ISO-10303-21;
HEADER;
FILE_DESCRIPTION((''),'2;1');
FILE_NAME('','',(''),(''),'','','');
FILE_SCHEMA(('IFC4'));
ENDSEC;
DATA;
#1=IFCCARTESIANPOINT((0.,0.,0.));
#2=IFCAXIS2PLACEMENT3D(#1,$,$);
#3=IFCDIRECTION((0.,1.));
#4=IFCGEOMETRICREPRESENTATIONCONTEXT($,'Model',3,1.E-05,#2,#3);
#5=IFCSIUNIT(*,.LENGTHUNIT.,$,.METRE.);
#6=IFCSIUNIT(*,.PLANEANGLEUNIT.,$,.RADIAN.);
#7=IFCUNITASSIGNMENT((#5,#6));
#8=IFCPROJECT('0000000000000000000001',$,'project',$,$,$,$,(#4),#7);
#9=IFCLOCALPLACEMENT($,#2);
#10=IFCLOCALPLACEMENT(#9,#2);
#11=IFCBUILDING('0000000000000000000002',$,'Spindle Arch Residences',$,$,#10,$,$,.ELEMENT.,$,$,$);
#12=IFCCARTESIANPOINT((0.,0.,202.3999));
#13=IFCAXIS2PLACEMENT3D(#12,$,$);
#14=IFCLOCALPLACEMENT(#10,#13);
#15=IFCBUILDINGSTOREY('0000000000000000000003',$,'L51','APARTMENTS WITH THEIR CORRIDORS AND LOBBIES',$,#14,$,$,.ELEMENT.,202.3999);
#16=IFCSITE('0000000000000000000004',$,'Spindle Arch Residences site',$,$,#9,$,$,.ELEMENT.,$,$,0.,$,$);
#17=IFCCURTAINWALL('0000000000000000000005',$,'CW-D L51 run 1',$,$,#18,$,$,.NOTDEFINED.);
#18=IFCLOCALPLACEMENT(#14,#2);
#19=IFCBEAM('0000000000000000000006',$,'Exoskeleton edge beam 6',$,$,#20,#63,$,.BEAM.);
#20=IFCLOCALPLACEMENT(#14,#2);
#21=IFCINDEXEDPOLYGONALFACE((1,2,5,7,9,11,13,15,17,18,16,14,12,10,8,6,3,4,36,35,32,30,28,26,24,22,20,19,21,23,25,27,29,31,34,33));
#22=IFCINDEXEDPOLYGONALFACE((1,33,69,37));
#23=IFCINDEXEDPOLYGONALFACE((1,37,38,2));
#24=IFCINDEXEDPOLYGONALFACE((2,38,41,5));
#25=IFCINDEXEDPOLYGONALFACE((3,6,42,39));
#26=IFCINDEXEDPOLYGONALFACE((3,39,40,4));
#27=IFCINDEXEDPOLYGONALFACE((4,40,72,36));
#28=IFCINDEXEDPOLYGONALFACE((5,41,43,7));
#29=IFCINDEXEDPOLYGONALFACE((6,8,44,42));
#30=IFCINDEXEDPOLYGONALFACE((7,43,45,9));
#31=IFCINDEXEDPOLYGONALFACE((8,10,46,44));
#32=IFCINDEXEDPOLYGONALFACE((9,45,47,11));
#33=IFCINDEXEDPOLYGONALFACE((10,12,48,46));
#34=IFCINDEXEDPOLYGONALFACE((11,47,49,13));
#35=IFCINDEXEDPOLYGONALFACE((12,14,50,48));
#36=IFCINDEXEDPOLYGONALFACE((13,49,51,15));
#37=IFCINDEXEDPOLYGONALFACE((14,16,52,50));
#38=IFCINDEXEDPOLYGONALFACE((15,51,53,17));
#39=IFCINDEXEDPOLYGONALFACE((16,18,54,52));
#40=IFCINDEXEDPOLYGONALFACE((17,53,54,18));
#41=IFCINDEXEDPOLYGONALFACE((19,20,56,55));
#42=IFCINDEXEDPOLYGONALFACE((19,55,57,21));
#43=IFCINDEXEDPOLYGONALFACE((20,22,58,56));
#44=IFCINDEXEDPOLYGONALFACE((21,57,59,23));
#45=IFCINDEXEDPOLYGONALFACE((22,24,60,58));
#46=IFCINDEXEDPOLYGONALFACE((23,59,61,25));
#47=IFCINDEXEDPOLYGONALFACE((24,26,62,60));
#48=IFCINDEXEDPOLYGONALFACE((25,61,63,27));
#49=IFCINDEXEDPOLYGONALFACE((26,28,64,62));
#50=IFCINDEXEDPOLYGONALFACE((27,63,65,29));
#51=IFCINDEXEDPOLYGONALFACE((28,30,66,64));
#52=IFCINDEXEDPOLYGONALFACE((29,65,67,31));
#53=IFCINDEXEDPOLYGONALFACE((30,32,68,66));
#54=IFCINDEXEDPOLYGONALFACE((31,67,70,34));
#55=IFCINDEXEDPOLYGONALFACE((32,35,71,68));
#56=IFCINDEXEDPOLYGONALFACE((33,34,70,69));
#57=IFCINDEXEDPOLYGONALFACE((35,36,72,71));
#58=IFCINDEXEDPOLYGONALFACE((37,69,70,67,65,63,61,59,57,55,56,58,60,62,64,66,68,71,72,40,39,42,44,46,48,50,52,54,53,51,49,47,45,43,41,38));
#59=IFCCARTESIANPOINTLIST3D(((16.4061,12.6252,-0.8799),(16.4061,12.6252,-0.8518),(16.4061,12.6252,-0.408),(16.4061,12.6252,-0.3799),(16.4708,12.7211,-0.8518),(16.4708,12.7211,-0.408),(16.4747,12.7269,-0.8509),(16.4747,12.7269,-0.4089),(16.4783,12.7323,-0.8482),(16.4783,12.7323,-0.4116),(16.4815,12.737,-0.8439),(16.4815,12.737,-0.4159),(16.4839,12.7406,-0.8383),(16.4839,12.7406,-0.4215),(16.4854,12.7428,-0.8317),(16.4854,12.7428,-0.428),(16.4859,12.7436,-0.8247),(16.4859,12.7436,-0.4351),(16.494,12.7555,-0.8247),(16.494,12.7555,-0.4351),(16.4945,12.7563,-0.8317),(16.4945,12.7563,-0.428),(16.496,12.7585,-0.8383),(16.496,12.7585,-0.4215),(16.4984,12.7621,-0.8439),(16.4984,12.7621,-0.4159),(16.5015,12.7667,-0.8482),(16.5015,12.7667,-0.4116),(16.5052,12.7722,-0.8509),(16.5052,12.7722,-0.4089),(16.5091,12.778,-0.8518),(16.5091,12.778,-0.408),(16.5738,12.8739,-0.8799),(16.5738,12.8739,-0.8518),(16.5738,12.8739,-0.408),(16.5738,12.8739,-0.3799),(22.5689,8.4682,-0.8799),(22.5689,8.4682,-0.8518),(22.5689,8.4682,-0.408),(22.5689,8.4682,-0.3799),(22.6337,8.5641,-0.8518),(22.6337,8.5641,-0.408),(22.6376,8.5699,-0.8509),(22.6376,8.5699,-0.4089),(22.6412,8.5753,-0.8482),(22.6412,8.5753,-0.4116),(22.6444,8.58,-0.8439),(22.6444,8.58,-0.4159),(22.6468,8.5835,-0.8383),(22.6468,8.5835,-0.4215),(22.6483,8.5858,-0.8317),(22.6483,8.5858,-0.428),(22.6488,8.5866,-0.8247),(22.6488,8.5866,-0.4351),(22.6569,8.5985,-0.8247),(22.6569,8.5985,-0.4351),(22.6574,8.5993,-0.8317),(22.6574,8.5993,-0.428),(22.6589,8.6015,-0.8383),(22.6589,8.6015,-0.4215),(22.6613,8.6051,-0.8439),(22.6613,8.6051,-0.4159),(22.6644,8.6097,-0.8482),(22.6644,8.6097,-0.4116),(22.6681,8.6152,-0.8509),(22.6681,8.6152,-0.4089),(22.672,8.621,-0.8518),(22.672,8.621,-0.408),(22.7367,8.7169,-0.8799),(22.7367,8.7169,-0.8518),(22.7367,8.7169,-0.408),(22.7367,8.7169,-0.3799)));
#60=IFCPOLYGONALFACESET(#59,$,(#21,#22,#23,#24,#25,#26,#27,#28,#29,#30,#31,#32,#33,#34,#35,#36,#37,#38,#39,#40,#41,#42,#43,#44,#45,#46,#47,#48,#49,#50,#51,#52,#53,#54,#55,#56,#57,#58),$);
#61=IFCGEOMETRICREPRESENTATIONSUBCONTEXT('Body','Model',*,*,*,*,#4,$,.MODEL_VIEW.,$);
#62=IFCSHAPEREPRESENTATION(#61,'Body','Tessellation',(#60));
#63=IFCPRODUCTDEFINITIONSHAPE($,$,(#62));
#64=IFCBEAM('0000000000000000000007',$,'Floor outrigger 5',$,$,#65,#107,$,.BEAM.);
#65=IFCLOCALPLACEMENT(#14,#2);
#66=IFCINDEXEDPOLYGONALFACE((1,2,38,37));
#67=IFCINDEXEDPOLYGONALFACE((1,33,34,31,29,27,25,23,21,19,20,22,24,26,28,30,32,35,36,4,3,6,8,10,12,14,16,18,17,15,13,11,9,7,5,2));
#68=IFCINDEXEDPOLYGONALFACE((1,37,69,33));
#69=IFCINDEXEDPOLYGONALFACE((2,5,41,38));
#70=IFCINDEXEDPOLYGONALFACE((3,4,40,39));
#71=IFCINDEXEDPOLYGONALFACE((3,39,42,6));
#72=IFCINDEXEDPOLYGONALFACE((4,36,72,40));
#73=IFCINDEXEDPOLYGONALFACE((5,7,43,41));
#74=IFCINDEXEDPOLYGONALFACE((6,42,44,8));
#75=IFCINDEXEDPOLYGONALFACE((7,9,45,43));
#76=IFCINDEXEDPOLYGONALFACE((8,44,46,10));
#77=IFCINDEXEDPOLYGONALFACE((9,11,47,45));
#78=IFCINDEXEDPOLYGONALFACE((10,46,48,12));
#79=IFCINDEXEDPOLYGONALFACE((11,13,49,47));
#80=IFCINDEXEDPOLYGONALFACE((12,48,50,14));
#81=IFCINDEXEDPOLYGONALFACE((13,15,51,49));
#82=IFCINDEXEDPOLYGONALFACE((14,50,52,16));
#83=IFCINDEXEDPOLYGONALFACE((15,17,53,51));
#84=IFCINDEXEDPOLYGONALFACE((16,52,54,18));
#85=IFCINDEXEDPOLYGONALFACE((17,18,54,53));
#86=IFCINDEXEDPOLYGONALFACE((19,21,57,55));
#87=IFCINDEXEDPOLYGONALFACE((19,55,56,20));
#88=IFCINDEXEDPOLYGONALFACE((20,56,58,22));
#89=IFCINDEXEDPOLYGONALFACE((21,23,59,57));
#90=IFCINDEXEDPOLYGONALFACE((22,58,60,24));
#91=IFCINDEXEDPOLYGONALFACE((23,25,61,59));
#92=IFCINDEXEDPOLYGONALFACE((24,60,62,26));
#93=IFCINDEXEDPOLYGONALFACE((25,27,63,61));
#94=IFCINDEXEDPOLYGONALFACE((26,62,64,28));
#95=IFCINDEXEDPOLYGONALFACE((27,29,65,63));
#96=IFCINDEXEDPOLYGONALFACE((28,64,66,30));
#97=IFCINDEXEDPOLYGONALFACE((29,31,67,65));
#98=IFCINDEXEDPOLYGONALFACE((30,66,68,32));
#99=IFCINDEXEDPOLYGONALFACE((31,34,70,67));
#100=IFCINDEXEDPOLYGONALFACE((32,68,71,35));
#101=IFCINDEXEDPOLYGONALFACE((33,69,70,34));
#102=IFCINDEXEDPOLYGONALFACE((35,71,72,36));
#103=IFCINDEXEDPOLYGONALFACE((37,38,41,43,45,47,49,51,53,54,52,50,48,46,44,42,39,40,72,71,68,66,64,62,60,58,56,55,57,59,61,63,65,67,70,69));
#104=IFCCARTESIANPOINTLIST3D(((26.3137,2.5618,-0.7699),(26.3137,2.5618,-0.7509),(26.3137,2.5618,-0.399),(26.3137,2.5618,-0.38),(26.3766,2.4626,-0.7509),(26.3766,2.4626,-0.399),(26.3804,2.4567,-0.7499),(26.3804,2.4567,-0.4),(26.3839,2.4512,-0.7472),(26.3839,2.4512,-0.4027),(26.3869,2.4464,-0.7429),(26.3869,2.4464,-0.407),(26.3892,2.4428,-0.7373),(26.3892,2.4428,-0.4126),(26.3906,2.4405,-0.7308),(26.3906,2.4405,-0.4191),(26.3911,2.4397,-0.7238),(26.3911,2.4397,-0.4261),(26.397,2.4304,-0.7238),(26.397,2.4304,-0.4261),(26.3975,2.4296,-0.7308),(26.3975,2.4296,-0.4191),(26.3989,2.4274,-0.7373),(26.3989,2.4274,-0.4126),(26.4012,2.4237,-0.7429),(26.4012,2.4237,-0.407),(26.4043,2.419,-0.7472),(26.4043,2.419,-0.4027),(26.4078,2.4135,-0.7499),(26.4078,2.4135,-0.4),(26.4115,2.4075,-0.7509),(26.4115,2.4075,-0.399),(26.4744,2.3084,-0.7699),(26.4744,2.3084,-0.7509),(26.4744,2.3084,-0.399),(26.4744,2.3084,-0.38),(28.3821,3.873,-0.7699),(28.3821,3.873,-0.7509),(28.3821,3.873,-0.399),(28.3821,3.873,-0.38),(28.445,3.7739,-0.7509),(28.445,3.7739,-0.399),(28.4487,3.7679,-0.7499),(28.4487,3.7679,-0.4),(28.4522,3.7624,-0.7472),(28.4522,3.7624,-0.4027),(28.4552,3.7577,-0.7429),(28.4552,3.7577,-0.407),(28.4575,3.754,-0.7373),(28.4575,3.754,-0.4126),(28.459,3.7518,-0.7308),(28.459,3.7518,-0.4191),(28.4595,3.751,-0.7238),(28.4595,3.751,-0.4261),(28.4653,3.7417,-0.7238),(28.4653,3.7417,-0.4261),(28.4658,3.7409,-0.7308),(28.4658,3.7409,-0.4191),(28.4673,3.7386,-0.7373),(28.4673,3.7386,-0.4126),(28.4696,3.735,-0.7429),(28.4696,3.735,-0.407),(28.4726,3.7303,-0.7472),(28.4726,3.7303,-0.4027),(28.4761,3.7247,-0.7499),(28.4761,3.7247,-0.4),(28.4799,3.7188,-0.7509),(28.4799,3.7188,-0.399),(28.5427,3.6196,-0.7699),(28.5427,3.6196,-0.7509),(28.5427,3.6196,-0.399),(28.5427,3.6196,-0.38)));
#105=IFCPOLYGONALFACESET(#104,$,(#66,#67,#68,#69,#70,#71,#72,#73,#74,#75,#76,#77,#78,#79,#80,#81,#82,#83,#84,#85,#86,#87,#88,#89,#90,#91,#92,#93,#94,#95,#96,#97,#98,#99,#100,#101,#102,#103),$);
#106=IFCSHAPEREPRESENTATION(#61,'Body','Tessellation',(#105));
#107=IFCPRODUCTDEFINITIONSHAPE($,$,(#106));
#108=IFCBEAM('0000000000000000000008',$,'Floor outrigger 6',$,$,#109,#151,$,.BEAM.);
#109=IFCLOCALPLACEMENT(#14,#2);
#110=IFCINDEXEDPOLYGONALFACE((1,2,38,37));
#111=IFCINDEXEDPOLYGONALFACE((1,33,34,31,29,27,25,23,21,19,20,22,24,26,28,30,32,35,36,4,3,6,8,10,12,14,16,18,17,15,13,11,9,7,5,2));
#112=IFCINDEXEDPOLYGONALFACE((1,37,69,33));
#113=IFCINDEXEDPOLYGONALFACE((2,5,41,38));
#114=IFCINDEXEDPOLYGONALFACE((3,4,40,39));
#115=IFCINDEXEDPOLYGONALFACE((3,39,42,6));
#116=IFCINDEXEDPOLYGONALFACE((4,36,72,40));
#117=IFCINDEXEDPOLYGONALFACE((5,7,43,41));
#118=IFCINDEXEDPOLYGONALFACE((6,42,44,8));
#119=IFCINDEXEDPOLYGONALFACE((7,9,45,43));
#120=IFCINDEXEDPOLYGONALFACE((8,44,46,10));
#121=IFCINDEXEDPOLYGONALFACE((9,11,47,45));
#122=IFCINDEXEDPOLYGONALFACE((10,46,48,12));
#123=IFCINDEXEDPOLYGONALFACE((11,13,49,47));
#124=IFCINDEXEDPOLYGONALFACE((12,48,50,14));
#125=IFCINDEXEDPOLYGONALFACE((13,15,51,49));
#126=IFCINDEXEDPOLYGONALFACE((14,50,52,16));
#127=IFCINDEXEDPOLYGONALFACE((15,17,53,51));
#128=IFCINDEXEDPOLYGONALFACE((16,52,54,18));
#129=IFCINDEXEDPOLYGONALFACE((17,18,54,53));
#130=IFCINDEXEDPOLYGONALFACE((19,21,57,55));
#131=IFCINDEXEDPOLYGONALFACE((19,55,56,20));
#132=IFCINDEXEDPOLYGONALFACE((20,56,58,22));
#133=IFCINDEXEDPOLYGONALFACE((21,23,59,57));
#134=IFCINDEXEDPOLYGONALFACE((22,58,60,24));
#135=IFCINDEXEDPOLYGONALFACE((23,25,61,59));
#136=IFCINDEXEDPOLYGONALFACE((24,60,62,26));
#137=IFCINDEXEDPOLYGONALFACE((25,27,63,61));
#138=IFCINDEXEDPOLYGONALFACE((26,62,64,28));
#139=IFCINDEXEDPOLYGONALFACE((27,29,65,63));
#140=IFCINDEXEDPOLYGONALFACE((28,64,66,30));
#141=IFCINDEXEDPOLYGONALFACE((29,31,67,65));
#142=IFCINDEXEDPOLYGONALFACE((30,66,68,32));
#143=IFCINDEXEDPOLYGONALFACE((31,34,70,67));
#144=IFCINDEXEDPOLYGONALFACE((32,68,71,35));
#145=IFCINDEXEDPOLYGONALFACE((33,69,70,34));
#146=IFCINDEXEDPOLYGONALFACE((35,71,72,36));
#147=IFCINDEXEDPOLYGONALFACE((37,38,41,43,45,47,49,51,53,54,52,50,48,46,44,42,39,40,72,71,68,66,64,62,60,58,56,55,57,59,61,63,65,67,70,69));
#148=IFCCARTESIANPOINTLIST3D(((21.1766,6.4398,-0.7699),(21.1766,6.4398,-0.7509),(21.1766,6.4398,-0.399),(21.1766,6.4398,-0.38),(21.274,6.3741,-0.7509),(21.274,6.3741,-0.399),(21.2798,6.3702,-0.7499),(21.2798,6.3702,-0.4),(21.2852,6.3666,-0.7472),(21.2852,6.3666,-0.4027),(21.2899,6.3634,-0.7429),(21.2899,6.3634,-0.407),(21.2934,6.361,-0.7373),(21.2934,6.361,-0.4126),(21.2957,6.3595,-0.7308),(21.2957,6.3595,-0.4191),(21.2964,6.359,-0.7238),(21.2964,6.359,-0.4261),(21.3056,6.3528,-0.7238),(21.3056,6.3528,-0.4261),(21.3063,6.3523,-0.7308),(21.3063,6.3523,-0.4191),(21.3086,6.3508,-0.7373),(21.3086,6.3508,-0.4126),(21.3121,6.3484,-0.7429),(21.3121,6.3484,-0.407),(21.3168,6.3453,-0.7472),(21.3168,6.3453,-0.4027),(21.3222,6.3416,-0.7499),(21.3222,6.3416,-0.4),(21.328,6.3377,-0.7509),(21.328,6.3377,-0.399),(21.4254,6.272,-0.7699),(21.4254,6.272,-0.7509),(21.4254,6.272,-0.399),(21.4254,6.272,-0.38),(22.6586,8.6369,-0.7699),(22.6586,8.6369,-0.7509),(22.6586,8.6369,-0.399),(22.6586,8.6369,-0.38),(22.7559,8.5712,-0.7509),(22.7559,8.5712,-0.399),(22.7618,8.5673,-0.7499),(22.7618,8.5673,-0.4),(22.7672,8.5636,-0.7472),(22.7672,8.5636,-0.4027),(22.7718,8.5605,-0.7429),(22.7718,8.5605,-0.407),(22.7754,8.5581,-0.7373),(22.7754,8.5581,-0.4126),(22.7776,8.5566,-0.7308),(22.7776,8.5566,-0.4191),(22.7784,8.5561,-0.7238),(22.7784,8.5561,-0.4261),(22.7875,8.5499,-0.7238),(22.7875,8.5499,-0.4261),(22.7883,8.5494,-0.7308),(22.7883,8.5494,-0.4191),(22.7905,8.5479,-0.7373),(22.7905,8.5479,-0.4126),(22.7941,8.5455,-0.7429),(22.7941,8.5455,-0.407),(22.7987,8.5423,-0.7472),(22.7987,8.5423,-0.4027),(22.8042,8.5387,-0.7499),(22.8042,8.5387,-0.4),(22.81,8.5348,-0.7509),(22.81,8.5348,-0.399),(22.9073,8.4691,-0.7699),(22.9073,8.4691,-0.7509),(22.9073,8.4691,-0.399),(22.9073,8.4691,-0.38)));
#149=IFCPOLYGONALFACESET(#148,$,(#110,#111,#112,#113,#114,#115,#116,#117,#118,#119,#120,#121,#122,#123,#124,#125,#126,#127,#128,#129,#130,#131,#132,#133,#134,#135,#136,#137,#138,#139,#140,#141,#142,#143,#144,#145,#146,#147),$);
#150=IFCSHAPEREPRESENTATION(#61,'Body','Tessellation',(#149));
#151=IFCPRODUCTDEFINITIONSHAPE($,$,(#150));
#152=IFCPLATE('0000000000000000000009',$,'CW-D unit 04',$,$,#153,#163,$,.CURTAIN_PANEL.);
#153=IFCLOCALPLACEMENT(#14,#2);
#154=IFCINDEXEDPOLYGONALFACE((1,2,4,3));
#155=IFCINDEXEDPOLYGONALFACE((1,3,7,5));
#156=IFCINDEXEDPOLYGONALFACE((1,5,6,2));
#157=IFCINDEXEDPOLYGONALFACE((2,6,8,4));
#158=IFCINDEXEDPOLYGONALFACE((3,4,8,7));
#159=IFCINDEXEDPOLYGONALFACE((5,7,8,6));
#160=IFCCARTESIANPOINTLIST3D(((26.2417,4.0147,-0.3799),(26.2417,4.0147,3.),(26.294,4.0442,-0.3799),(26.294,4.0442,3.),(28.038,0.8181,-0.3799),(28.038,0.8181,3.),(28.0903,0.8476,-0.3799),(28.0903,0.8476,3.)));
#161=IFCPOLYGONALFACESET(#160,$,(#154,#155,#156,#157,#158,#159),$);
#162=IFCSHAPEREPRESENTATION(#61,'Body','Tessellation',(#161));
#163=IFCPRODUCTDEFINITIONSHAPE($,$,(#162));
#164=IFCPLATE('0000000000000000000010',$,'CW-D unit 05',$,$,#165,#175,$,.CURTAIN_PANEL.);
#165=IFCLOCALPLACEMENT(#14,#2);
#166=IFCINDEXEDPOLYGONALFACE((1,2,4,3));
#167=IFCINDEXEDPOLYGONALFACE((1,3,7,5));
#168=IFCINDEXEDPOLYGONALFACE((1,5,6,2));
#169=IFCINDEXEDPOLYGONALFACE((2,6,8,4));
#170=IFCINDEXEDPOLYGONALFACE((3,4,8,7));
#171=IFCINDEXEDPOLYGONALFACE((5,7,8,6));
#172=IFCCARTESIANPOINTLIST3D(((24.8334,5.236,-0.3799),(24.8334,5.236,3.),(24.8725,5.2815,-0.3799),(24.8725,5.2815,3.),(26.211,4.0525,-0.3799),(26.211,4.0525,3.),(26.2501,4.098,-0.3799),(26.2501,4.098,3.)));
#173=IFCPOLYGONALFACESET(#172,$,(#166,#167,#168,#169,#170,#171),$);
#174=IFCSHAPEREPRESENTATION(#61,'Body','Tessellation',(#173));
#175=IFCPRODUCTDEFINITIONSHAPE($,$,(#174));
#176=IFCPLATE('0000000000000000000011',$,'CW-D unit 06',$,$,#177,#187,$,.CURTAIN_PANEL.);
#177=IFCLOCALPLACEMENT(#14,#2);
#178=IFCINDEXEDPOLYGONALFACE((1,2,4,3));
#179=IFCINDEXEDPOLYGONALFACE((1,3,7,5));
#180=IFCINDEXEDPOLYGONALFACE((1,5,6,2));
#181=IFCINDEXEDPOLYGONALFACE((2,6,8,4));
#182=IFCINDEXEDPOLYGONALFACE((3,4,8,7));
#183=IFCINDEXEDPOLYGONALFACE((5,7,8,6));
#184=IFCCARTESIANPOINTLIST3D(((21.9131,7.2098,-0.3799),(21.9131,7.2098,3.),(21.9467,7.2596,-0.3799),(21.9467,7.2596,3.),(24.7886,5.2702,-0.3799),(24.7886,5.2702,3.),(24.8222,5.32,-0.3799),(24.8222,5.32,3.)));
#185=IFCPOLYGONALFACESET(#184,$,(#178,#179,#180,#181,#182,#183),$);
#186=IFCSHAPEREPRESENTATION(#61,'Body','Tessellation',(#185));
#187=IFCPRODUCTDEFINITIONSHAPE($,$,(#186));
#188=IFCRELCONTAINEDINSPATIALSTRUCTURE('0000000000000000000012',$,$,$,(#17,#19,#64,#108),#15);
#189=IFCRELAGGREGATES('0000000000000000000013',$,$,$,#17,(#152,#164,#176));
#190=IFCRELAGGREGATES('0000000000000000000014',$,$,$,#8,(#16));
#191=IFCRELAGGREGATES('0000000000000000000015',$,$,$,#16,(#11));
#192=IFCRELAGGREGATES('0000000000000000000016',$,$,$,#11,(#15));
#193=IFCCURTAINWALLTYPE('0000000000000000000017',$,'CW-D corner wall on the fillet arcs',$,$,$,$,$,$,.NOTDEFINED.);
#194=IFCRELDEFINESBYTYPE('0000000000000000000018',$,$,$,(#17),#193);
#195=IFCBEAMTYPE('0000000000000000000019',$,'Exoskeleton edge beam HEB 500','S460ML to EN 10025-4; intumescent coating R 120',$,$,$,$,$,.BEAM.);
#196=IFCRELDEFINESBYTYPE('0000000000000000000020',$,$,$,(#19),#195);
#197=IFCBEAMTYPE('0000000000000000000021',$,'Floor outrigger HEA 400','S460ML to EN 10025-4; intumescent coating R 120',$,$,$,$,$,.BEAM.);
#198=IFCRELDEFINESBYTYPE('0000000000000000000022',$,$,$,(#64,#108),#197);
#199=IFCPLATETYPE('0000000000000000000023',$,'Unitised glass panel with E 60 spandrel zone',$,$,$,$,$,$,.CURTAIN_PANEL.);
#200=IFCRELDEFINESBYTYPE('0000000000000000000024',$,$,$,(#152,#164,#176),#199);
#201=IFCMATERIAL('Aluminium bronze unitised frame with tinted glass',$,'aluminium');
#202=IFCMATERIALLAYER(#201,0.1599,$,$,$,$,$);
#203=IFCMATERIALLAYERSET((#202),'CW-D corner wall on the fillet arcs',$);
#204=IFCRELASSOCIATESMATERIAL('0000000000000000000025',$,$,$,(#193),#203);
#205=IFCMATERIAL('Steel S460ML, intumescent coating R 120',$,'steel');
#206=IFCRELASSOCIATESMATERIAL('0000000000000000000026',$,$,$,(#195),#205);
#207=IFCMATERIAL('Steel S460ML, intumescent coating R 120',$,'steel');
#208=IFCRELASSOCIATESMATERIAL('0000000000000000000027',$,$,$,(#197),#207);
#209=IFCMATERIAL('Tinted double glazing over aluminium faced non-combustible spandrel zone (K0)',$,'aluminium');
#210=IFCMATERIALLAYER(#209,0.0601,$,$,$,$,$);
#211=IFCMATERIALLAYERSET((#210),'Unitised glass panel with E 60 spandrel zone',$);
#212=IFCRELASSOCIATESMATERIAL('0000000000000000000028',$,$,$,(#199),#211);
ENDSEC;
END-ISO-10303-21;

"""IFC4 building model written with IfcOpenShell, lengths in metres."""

from ifc_helpers import new_model, si_unit, direction, frame, origin, origin_2d, place, context, subcontext, project, spatial, rectangle, i_section, extrude, material, layer, layer_set, material_profile, profile_set, type_object, element, aggregate, save


model = new_model("IFC4")

# Units and contexts
model_context = context("Model", 3, precision=1e-05, world=origin(), true_north=direction((0.0, 1.0)))
body_context = subcontext(model_context, "Body", "Model", "MODEL_VIEW")
ifc_project = project(units=[si_unit("LENGTHUNIT", "METRE"), si_unit("PLANEANGLEUNIT", "RADIAN")], contexts=[model_context])

# Site, building, storey
site_placement = place(None, origin())
site = spatial("IfcSite", under=ifc_project, at=site_placement, Name="Spindle Arch Residences site", CompositionType="ELEMENT", RefElevation=0.0)
building_placement = place(site_placement, origin())
building = spatial("IfcBuilding", under=site, at=building_placement, Name="Spindle Arch Residences", CompositionType="ELEMENT")
storey_placement = place(building_placement, frame((0.0, 0.0, 202.3999)))
storey = spatial("IfcBuildingStorey", under=building, at=storey_placement, Name="L51", Description="APARTMENTS WITH THEIR CORRIDORS AND LOBBIES", CompositionType="ELEMENT", Elevation=202.3999)

# Curtain wall
ifc_material_1 = material(Name="Aluminium bronze unitised frame with tinted glass", Category="aluminium")
ifc_layer_1 = layer(ifc_material_1, 0.1599)
ifc_layer_set_1 = layer_set([ifc_layer_1], Name="CW-D corner wall on the fillet arcs")
curtain_wall_type_1 = type_object("IfcCurtainWallType", Name="CW-D corner wall on the fillet arcs", PredefinedType="NOTDEFINED", material=ifc_layer_set_1)
curtain_wall_1_placement = place(storey_placement, origin())
curtain_wall_1 = element("IfcCurtainWall", 1, at=curtain_wall_1_placement, inside=storey, type_object=curtain_wall_type_1, Name="CW-D L51 run 1", PredefinedType="NOTDEFINED")

# Beams
ifc_material_2 = material(Name="Steel S460ML, intumescent coating R 120", Category="steel")
ifc_material_profile_1 = material_profile(ifc_material_2, i_section(OverallWidth=0.3, OverallDepth=0.5, WebThickness=0.0144, FlangeThickness=0.0281, FilletRadius=0.0271, at=origin_2d()), Name="HEB 500")
ifc_profile_set_1 = profile_set([ifc_material_profile_1], Name="Steel S460ML, intumescent coating R 120")
beam_type_1 = type_object("IfcBeamType", Name="Exoskeleton edge beam HEB 500", Description="S460ML to EN 10025-4; intumescent coating R 120", PredefinedType="BEAM", material=ifc_profile_set_1)
beam_1_placement = place(storey_placement, frame((22.6528, 8.5925, -0.6299), z_axis=(-0.829032, 0.559202, 0.0), x_axis=(-0.559202, -0.829032, 0.0)))
element("IfcBeam", 2, at=beam_1_placement, inside=storey, type_object=beam_type_1, Name="Exoskeleton edge beam 6", PredefinedType="BEAM", context=body_context, shape_type="SweptSolid", body=[
    extrude(i_section(OverallWidth=0.3, OverallDepth=0.5, WebThickness=0.0144, FlangeThickness=0.0281, FilletRadius=0.0271, at=origin_2d()), origin(), (0.0, 0.0, 1.0), 7.4338),
])
ifc_material_3 = material(Name="Steel S460ML, intumescent coating R 120", Category="steel")
ifc_material_profile_2 = material_profile(ifc_material_3, i_section(OverallWidth=0.3, OverallDepth=0.3899, WebThickness=0.011, FlangeThickness=0.019, FilletRadius=0.0271, at=origin_2d()), Name="HEA 400")
ifc_profile_set_2 = profile_set([ifc_material_profile_2], Name="Steel S460ML, intumescent coating R 120")
beam_type_2 = type_object("IfcBeamType", Name="Floor outrigger HEA 400", Description="S460ML to EN 10025-4; intumescent coating R 120", PredefinedType="BEAM", material=ifc_profile_set_2)
beam_2_placement = place(storey_placement, frame((28.4624, 3.7463, -0.575), z_axis=(-0.844576, -0.535436, 0.0), x_axis=(0.535436, -0.844576, 0.0)))
element("IfcBeam", 3, at=beam_2_placement, inside=storey, type_object=beam_type_2, Name="Floor outrigger 5", PredefinedType="BEAM", context=body_context, shape_type="SweptSolid", body=[
    extrude(i_section(OverallWidth=0.3, OverallDepth=0.3899, WebThickness=0.011, FlangeThickness=0.019, FilletRadius=0.0271, at=origin_2d()), origin(), (0.0, 0.0, 1.0), 2.449),
])
beam_3_placement = place(storey_placement, frame((22.783, 8.553, -0.575), z_axis=(-0.559199, -0.829033, 0.0), x_axis=(0.829033, -0.559199, 0.0)))
element("IfcBeam", 4, at=beam_3_placement, inside=storey, type_object=beam_type_2, Name="Floor outrigger 6", PredefinedType="BEAM", context=body_context, shape_type="SweptSolid", body=[
    extrude(i_section(OverallWidth=0.3, OverallDepth=0.3899, WebThickness=0.011, FlangeThickness=0.019, FilletRadius=0.0271, at=origin_2d()), origin(), (0.0, 0.0, 1.0), 2.6501),
])

# Plates
ifc_material_4 = material(Name="Tinted double glazing over aluminium faced non-combustible spandrel zone (K0)", Category="aluminium")
ifc_layer_2 = layer(ifc_material_4, 0.0601)
ifc_layer_set_2 = layer_set([ifc_layer_2], Name="Unitised glass panel with E 60 spandrel zone")
plate_type = type_object("IfcPlateType", Name="Unitised glass panel with E 60 spandrel zone", PredefinedType="CURTAIN_PANEL", material=ifc_layer_set_2)
plate_1_placement = place(storey_placement, frame((27.166, 2.4312, -0.3799), z_axis=(0.0, 0.0, 1.0), x_axis=(-0.48989, 0.871784, 0.0)))
plate_1 = element("IfcPlate", 5, at=plate_1_placement, type_object=plate_type, Name="CW-D unit 04", PredefinedType="CURTAIN_PANEL", context=body_context, shape_type="SweptSolid", body=[
    extrude(rectangle(XDim=3.6667, YDim=0.0601, at=origin_2d()), origin(), (0.0, 0.0, 1.0), 3.3799),
])
plate_2_placement = place(storey_placement, frame((25.5417, 4.667, -0.3799), z_axis=(0.0, 0.0, 1.0), x_axis=(-0.758514, 0.651657, 0.0)))
plate_2 = element("IfcPlate", 6, at=plate_2_placement, type_object=plate_type, Name="CW-D unit 05", PredefinedType="CURTAIN_PANEL", context=body_context, shape_type="SweptSolid", body=[
    extrude(rectangle(XDim=1.8162, YDim=0.0601, at=origin_2d()), origin(), (0.0, 0.0, 1.0), 3.3799),
])
plate_3_placement = place(storey_placement, frame((23.3677, 6.2649, -0.3799), z_axis=(0.0, 0.0, 1.0), x_axis=(-0.829038, 0.559193, 0.0)))
plate_3 = element("IfcPlate", 7, at=plate_3_placement, type_object=plate_type, Name="CW-D unit 06", PredefinedType="CURTAIN_PANEL", context=body_context, shape_type="SweptSolid", body=[
    extrude(rectangle(XDim=3.4685, YDim=0.0601, at=origin_2d()), origin(), (0.0, 0.0, 1.0), 3.3799),
])
aggregate(curtain_wall_1, [plate_1, plate_2, plate_3])

save(model, "model.ifc")
